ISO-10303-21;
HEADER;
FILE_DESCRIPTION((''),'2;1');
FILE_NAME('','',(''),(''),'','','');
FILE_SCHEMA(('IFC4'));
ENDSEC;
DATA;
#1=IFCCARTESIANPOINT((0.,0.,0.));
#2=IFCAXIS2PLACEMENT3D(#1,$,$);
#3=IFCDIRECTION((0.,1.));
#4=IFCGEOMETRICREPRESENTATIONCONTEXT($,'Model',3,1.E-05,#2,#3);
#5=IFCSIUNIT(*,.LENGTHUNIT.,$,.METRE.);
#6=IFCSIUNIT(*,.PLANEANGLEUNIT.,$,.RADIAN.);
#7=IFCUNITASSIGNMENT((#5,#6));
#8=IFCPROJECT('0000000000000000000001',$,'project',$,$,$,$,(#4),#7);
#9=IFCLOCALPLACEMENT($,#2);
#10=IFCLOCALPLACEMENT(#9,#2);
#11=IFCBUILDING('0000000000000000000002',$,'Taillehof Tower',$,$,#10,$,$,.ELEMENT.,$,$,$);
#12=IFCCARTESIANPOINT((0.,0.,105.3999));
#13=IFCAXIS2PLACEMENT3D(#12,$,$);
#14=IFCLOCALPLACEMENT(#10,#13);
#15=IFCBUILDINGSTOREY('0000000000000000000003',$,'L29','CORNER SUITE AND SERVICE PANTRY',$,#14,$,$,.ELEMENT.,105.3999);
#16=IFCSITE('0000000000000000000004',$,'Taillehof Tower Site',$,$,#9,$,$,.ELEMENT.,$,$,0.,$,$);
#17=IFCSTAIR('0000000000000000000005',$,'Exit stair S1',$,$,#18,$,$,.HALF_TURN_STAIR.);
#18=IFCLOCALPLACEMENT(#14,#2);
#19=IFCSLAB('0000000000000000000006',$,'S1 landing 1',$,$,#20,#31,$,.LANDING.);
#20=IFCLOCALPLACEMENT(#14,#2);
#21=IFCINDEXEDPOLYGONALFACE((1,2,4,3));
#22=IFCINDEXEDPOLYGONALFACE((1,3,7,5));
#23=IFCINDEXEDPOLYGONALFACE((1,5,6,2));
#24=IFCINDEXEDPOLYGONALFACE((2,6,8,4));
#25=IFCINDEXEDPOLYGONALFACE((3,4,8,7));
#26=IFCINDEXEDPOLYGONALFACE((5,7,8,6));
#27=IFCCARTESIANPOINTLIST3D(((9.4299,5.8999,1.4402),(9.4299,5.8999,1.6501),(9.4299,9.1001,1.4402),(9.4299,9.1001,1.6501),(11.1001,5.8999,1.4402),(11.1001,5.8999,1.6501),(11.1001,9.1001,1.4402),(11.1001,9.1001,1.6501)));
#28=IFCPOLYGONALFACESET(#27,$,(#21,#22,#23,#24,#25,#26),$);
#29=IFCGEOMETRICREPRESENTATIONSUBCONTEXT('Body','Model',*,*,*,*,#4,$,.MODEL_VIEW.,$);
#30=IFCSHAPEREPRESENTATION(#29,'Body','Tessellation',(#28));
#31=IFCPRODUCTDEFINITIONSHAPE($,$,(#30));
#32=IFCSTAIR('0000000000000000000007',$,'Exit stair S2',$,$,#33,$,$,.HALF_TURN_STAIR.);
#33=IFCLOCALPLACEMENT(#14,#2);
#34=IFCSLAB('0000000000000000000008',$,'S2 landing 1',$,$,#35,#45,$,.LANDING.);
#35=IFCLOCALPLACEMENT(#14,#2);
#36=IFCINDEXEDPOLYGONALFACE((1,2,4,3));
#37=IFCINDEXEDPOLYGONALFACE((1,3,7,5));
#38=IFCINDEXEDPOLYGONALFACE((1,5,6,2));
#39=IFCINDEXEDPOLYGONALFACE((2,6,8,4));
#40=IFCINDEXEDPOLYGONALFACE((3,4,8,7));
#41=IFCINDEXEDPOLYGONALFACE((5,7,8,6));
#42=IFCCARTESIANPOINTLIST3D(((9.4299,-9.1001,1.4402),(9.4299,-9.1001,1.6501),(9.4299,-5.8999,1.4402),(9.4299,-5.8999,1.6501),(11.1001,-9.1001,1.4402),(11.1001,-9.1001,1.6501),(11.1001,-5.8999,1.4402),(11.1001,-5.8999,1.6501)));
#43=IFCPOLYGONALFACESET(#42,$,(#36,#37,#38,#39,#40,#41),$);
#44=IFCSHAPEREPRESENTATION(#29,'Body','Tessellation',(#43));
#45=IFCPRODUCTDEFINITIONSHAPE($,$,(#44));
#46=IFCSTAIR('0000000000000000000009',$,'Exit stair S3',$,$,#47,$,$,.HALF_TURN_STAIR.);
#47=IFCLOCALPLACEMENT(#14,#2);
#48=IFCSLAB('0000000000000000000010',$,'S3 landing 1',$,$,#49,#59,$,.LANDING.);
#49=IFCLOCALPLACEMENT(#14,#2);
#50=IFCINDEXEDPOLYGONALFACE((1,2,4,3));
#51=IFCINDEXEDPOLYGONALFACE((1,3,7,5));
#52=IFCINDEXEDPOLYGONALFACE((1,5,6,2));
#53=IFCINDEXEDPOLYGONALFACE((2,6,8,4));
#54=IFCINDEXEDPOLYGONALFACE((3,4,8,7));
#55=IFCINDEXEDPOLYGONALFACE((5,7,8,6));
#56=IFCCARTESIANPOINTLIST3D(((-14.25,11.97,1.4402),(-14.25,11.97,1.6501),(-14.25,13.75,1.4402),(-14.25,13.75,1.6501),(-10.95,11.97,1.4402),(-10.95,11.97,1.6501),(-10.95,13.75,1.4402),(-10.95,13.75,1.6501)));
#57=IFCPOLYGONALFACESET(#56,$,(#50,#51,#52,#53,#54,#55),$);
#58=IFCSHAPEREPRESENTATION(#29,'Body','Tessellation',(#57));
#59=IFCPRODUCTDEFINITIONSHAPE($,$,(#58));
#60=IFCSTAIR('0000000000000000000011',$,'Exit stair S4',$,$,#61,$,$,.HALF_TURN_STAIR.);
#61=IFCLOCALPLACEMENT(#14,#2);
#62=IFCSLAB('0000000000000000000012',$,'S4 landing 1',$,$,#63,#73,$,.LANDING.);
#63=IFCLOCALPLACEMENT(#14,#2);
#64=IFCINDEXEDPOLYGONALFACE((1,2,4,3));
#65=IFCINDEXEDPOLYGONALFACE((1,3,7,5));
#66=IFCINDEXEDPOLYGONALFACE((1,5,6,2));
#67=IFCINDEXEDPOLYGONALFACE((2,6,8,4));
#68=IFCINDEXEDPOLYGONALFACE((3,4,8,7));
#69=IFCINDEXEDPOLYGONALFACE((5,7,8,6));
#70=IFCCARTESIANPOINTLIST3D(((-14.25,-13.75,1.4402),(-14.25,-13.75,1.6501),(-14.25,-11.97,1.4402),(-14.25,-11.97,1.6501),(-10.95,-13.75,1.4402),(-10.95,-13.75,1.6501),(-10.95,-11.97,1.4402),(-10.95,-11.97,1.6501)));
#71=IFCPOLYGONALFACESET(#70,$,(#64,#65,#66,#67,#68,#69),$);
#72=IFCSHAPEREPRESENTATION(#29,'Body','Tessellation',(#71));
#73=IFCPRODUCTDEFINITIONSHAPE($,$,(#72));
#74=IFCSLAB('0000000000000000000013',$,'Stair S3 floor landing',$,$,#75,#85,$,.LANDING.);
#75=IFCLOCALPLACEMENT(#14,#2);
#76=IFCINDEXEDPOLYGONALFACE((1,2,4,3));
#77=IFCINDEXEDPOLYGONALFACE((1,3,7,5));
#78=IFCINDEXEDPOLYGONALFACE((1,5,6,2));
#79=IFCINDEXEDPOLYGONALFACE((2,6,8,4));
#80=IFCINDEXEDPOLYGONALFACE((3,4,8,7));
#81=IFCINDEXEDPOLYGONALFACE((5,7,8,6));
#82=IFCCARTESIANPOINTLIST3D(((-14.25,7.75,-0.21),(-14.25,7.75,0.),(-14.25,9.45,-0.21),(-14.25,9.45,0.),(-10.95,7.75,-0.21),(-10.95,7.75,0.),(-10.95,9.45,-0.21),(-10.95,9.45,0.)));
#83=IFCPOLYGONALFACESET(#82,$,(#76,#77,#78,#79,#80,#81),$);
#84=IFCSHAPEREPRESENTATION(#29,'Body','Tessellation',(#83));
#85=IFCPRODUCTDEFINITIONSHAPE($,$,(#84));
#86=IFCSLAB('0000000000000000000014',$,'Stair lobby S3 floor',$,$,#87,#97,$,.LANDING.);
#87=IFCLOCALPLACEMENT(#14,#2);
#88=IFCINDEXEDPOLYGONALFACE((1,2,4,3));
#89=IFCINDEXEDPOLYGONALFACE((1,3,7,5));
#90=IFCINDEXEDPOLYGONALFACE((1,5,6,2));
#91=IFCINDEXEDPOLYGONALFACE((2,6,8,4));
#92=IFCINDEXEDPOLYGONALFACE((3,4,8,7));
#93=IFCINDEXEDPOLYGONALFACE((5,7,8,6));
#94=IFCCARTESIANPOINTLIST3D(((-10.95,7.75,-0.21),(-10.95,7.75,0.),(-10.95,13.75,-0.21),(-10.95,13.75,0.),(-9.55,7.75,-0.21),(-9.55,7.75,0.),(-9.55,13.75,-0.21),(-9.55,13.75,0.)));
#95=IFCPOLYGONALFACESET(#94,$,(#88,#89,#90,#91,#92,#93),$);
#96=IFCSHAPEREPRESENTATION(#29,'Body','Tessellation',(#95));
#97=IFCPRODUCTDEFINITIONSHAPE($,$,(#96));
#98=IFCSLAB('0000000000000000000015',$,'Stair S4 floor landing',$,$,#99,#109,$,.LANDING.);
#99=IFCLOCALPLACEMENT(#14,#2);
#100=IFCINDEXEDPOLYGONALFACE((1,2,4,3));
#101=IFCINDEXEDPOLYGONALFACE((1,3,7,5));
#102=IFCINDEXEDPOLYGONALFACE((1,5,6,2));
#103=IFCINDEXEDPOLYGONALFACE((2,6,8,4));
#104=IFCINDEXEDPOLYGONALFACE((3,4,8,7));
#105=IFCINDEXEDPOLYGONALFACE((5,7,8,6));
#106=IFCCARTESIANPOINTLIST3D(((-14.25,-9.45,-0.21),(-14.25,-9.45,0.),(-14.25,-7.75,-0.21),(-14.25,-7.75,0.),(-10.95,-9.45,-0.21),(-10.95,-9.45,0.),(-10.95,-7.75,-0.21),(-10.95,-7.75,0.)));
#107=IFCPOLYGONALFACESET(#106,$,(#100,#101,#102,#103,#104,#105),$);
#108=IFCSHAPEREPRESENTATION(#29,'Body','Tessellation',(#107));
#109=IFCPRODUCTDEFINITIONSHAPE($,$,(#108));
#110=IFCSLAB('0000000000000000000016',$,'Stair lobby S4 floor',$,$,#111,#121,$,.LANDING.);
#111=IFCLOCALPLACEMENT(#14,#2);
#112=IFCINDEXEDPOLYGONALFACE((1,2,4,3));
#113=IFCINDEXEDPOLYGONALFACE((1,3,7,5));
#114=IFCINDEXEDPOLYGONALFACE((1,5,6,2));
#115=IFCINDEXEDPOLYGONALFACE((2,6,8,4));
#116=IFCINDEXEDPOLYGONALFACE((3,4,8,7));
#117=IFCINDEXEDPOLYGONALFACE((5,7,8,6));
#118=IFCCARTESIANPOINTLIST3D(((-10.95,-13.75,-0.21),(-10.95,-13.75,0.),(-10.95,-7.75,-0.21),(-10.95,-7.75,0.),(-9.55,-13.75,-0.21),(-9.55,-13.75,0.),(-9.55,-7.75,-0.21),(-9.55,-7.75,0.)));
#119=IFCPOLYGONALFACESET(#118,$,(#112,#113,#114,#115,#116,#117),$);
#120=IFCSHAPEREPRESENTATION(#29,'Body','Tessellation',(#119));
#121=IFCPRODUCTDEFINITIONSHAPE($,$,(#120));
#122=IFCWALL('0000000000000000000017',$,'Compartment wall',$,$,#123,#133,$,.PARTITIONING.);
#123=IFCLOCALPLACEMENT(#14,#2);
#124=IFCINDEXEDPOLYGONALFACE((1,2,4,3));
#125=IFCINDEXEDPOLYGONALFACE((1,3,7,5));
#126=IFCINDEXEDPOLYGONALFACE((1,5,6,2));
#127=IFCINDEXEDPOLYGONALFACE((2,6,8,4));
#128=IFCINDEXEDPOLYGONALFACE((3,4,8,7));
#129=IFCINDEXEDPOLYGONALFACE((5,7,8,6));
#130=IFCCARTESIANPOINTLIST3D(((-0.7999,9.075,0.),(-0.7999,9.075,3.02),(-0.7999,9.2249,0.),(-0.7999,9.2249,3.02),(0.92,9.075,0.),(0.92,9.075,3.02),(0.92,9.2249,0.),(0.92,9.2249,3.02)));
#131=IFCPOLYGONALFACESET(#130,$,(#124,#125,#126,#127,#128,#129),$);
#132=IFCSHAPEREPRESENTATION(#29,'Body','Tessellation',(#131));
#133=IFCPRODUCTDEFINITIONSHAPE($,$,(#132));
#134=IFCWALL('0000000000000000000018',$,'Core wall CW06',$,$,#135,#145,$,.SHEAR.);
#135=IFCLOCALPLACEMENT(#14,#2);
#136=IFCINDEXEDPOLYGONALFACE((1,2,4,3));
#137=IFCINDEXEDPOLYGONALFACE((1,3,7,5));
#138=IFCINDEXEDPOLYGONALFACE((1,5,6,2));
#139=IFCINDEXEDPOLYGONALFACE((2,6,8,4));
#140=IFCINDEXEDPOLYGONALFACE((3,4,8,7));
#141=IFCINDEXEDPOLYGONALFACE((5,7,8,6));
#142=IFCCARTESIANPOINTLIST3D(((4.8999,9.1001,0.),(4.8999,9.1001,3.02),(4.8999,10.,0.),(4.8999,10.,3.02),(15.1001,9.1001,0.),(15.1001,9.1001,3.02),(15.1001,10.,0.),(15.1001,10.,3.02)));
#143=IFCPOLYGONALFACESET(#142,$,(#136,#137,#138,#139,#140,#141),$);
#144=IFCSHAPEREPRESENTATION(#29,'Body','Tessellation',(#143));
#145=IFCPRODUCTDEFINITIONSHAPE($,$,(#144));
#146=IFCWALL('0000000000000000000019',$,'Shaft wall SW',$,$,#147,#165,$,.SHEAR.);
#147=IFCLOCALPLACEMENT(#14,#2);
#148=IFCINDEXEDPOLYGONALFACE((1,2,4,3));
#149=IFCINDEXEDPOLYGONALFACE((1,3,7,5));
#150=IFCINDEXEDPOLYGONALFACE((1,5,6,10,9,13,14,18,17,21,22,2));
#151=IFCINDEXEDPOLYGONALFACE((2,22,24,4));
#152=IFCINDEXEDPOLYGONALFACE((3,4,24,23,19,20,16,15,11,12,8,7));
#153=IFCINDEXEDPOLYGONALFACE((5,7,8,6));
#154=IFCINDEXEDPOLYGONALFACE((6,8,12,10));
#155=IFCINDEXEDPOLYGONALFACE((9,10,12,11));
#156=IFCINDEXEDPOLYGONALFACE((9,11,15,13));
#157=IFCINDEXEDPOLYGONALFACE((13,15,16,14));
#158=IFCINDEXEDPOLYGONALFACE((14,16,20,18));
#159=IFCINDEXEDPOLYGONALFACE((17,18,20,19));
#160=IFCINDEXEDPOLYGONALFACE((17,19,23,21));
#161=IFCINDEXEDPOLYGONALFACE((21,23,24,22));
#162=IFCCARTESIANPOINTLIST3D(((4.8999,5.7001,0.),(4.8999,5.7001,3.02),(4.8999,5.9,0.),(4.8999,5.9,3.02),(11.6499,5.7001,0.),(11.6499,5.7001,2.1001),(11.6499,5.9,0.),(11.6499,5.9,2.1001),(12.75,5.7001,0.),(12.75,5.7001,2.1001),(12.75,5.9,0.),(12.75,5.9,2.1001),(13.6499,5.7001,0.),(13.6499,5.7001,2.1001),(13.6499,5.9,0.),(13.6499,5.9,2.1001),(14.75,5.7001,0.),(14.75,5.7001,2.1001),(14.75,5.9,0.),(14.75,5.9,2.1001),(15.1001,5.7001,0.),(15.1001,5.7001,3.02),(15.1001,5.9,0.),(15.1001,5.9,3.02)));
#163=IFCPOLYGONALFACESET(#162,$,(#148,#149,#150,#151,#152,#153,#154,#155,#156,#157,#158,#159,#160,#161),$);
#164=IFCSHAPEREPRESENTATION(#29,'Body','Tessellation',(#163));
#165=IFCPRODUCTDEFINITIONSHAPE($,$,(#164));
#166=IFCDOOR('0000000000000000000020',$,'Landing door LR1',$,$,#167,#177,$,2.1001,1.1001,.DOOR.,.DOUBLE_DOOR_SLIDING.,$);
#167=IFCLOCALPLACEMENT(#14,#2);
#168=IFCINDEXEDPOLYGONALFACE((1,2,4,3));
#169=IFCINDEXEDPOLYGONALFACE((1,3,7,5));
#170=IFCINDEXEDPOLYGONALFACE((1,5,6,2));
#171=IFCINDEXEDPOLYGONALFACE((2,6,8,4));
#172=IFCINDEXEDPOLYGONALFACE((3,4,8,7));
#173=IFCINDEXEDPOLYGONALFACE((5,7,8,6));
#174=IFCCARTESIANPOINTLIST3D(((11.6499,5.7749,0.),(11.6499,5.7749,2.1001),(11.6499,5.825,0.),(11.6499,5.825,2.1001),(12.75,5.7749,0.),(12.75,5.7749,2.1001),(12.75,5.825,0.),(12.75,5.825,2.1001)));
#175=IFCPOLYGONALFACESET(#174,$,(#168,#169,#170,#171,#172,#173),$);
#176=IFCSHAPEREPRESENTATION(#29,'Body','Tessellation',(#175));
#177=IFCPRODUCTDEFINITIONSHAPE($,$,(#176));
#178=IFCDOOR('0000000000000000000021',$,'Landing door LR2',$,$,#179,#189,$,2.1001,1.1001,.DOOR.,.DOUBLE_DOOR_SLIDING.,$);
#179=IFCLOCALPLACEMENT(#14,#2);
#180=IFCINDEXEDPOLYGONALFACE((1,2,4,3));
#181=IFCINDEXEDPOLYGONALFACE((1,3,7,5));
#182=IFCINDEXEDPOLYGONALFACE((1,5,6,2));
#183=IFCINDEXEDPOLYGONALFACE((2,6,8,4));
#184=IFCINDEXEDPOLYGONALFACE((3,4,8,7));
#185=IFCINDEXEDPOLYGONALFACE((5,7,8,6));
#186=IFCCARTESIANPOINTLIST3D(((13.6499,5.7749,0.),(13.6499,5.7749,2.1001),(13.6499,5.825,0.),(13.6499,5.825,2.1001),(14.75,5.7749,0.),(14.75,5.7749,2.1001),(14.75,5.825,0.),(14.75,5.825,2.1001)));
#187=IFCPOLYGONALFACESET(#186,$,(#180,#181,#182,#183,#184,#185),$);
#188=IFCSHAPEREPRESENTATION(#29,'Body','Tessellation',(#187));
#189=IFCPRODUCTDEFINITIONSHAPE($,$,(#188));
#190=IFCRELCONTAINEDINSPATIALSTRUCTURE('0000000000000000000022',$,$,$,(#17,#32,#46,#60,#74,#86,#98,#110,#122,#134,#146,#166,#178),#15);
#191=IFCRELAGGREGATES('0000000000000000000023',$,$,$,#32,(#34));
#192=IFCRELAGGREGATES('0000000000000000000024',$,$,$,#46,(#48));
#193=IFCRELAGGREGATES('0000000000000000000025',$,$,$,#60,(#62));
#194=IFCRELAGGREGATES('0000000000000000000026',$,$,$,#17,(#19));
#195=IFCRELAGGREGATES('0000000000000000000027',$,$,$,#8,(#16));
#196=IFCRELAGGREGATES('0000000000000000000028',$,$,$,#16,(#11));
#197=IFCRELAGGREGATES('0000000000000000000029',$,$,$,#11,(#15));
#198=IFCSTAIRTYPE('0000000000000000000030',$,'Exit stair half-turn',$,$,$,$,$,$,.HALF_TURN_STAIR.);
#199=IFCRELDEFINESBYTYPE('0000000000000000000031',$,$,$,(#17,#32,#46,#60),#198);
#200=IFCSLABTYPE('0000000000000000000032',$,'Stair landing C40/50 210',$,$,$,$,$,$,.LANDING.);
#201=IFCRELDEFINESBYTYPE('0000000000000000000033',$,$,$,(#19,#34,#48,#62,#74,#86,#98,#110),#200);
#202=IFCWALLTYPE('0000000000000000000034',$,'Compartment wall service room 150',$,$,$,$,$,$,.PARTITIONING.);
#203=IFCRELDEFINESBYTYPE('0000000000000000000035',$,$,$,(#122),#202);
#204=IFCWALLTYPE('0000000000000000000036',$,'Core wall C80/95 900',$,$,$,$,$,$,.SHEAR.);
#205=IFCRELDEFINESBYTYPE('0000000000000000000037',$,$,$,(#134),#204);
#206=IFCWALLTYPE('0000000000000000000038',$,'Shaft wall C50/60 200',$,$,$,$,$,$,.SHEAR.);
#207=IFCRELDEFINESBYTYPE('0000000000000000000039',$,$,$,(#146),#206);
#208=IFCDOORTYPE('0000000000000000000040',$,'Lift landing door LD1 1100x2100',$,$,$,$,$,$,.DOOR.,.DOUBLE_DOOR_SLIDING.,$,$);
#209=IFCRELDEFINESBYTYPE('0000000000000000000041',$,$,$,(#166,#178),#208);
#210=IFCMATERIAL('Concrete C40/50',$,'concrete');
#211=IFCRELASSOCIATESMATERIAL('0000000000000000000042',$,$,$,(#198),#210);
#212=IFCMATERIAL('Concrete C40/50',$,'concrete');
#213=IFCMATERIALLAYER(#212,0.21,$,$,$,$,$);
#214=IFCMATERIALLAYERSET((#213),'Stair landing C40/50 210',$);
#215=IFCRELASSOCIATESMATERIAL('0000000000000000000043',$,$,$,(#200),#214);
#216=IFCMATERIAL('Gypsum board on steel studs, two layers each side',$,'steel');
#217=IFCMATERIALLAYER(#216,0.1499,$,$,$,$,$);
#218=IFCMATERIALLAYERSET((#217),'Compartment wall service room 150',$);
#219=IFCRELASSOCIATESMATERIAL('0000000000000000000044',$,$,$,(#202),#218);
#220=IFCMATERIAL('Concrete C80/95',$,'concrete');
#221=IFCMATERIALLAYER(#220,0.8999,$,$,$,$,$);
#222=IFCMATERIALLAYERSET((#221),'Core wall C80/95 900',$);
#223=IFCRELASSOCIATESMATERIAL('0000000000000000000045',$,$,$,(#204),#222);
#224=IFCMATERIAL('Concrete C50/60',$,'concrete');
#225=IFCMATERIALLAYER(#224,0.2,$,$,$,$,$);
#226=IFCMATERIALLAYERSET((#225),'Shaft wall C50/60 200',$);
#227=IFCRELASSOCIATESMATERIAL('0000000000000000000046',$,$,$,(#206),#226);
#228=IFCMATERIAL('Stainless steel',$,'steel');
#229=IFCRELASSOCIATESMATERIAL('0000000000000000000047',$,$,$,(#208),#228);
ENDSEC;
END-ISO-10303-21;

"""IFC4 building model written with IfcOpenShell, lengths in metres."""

from ifc_helpers import new_model, si_unit, direction, frame, frame_2d, origin, place, context, subcontext, project, spatial, polyline, rectangle, outline, extrude, material, layer, layer_set, type_object, element, fill, aggregate, save


model = new_model("IFC4")

# Units and contexts
model_context = context("Model", 3, precision=1e-05, world=origin(), true_north=direction((0.0, 1.0)))
body_context = subcontext(model_context, "Body", "Model", "MODEL_VIEW")
ifc_project = project(units=[si_unit("LENGTHUNIT", "METRE"), si_unit("PLANEANGLEUNIT", "RADIAN")], contexts=[model_context])

# Site, building, storey
site_placement = place(None, origin())
site = spatial("IfcSite", under=ifc_project, at=site_placement, Name="Taillehof Tower Site", CompositionType="ELEMENT", RefElevation=0.0)
building_placement = place(site_placement, origin())
building = spatial("IfcBuilding", under=site, at=building_placement, Name="Taillehof Tower", CompositionType="ELEMENT")
storey_placement = place(building_placement, frame((0.0, 0.0, 105.3999)))
storey = spatial("IfcBuildingStorey", under=building, at=storey_placement, Name="L29", Description="CORNER SUITE AND SERVICE PANTRY", CompositionType="ELEMENT", Elevation=105.3999)

# Stairs, slabs
ifc_material_1 = material(Name="Concrete C40/50", Category="concrete")
stair_type = type_object("IfcStairType", Name="Exit stair half-turn", PredefinedType="HALF_TURN_STAIR", material=ifc_material_1)
stair_1_placement = place(storey_placement, origin())
stair_1 = element("IfcStair", 1, at=stair_1_placement, inside=storey, type_object=stair_type, Name="Exit stair S1", PredefinedType="HALF_TURN_STAIR")
ifc_material_2 = material(Name="Concrete C40/50", Category="concrete")
ifc_layer_1 = layer(ifc_material_2, 0.21)
ifc_layer_set_1 = layer_set([ifc_layer_1], Name="Stair landing C40/50 210")
slab_type_1 = type_object("IfcSlabType", Name="Stair landing C40/50 210", PredefinedType="LANDING", material=ifc_layer_set_1)
slab_1_placement = place(storey_placement, frame((0.0, 0.0, 1.4402)))
slab_1 = element("IfcSlab", 2, at=slab_1_placement, type_object=slab_type_1, Name="S1 landing 1", PredefinedType="LANDING", context=body_context, shape_type="SweptSolid", body=[
    extrude(outline(polyline([(9.4299, 5.8999), (11.1001, 5.8999), (11.1001, 9.1001), (9.4299, 9.1001), (9.4299, 5.8999)])), origin(), (0.0, 0.0, 1.0), 0.21),
])
stair_2_placement = place(storey_placement, origin())
stair_2 = element("IfcStair", 3, at=stair_2_placement, inside=storey, type_object=stair_type, Name="Exit stair S2", PredefinedType="HALF_TURN_STAIR")
slab_2_placement = place(storey_placement, frame((0.0, 0.0, 1.4402)))
slab_2 = element("IfcSlab", 4, at=slab_2_placement, type_object=slab_type_1, Name="S2 landing 1", PredefinedType="LANDING", context=body_context, shape_type="SweptSolid", body=[
    extrude(outline(polyline([(9.4299, -5.8999), (11.1001, -5.8999), (11.1001, -9.1001), (9.4299, -9.1001), (9.4299, -5.8999)])), origin(), (0.0, 0.0, 1.0), 0.21),
])
aggregate(stair_2, [slab_2])
stair_3_placement = place(storey_placement, origin())
stair_3 = element("IfcStair", 5, at=stair_3_placement, inside=storey, type_object=stair_type, Name="Exit stair S3", PredefinedType="HALF_TURN_STAIR")
slab_3_placement = place(storey_placement, frame((0.0, 0.0, 1.4402)))
slab_3 = element("IfcSlab", 6, at=slab_3_placement, type_object=slab_type_1, Name="S3 landing 1", PredefinedType="LANDING", context=body_context, shape_type="SweptSolid", body=[
    extrude(outline(polyline([(-14.25, 11.97), (-14.25, 13.75), (-10.95, 13.75), (-10.95, 11.97), (-14.25, 11.97)])), origin(), (0.0, 0.0, 1.0), 0.21),
])
aggregate(stair_3, [slab_3])
stair_4_placement = place(storey_placement, origin())
stair_4 = element("IfcStair", 7, at=stair_4_placement, inside=storey, type_object=stair_type, Name="Exit stair S4", PredefinedType="HALF_TURN_STAIR")
slab_4_placement = place(storey_placement, frame((0.0, 0.0, 1.4402)))
slab_4 = element("IfcSlab", 8, at=slab_4_placement, type_object=slab_type_1, Name="S4 landing 1", PredefinedType="LANDING", context=body_context, shape_type="SweptSolid", body=[
    extrude(outline(polyline([(-14.25, -11.97), (-14.25, -13.75), (-10.95, -13.75), (-10.95, -11.97), (-14.25, -11.97)])), origin(), (0.0, 0.0, 1.0), 0.21),
])
aggregate(stair_4, [slab_4])

# Slabs
slab_5_placement = place(storey_placement, frame((0.0, 0.0, -0.21)))
element("IfcSlab", 9, at=slab_5_placement, inside=storey, type_object=slab_type_1, Name="Stair S3 floor landing", PredefinedType="LANDING", context=body_context, shape_type="SweptSolid", body=[
    extrude(outline(polyline([(-14.25, 7.75), (-14.25, 9.45), (-10.95, 9.45), (-10.95, 7.75), (-14.25, 7.75)])), origin(), (0.0, 0.0, 1.0), 0.21),
])
slab_6_placement = place(storey_placement, frame((0.0, 0.0, -0.21)))
element("IfcSlab", 10, at=slab_6_placement, inside=storey, type_object=slab_type_1, Name="Stair lobby S3 floor", PredefinedType="LANDING", context=body_context, shape_type="SweptSolid", body=[
    extrude(outline(polyline([(-10.95, 7.75), (-9.55, 7.75), (-9.55, 13.75), (-10.95, 13.75), (-10.95, 7.75)])), origin(), (0.0, 0.0, 1.0), 0.21),
])
slab_7_placement = place(storey_placement, frame((0.0, 0.0, -0.21)))
element("IfcSlab", 11, at=slab_7_placement, inside=storey, type_object=slab_type_1, Name="Stair S4 floor landing", PredefinedType="LANDING", context=body_context, shape_type="SweptSolid", body=[
    extrude(outline(polyline([(-14.25, -7.75), (-14.25, -9.45), (-10.95, -9.45), (-10.95, -7.75), (-14.25, -7.75)])), origin(), (0.0, 0.0, 1.0), 0.21),
])
slab_8_placement = place(storey_placement, frame((0.0, 0.0, -0.21)))
element("IfcSlab", 12, at=slab_8_placement, inside=storey, type_object=slab_type_1, Name="Stair lobby S4 floor", PredefinedType="LANDING", context=body_context, shape_type="SweptSolid", body=[
    extrude(outline(polyline([(-10.95, -13.75), (-9.55, -13.75), (-9.55, -7.75), (-10.95, -7.75), (-10.95, -13.75)])), origin(), (0.0, 0.0, 1.0), 0.21),
])

# Walls
ifc_material_3 = material(Name="Gypsum board on steel studs, two layers each side", Category="steel")
ifc_layer_2 = layer(ifc_material_3, 0.1499)
ifc_layer_set_2 = layer_set([ifc_layer_2], Name="Compartment wall service room 150")
wall_type_1 = type_object("IfcWallType", Name="Compartment wall service room 150", PredefinedType="PARTITIONING", material=ifc_layer_set_2)
wall_1_placement = place(storey_placement, frame((0.9199, 9.1499, 0.0), z_axis=(0.0, 0.0, 1.0), x_axis=(-1.0, 0.0, 0.0)))
element("IfcWall", 13, at=wall_1_placement, inside=storey, type_object=wall_type_1, Name="Compartment wall", PredefinedType="PARTITIONING", context=body_context, shape_type="SweptSolid", body=[
    extrude(rectangle(XDim=1.72, YDim=0.1499, at=frame_2d((0.8599, 0.0))), origin(), (0.0, 0.0, 1.0), 3.02),
])
ifc_material_4 = material(Name="Concrete C80/95", Category="concrete")
ifc_layer_3 = layer(ifc_material_4, 0.8999)
ifc_layer_set_3 = layer_set([ifc_layer_3], Name="Core wall C80/95 900")
wall_type_2 = type_object("IfcWallType", Name="Core wall C80/95 900", PredefinedType="SHEAR", material=ifc_layer_set_3)
wall_2_placement = place(storey_placement, frame((4.8999, 9.55, 0.0), z_axis=(0.0, 0.0, 1.0), x_axis=(1.0, 0.0, 0.0)))
element("IfcWall", 14, at=wall_2_placement, inside=storey, type_object=wall_type_2, Name="Core wall CW06", PredefinedType="SHEAR", context=body_context, shape_type="SweptSolid", body=[
    extrude(rectangle(XDim=10.2002, YDim=0.8999, at=frame_2d((5.1001, 0.0))), origin(), (0.0, 0.0, 1.0), 3.02),
])

# Wall, openings, doors
ifc_material_5 = material(Name="Concrete C50/60", Category="concrete")
ifc_layer_4 = layer(ifc_material_5, 0.2)
ifc_layer_set_4 = layer_set([ifc_layer_4], Name="Shaft wall C50/60 200")
wall_type_3 = type_object("IfcWallType", Name="Shaft wall C50/60 200", PredefinedType="SHEAR", material=ifc_layer_set_4)
wall_3_placement = place(storey_placement, frame((4.8999, 5.8, 0.0), z_axis=(0.0, 0.0, 1.0), x_axis=(1.0, 0.0, 0.0)))
wall_3 = element("IfcWall", 15, at=wall_3_placement, inside=storey, type_object=wall_type_3, Name="Shaft wall SW", PredefinedType="SHEAR", context=body_context, shape_type="SweptSolid", body=[
    extrude(rectangle(XDim=10.2002, YDim=0.2, at=frame_2d((5.1001, 0.0))), origin(), (0.0, 0.0, 1.0), 3.02),
])
opening_1_placement = place(wall_3_placement, frame((6.75, 0.0, 0.0)))
opening_1 = element("IfcOpeningElement", 16, at=opening_1_placement, cuts=wall_3, PredefinedType="OPENING", context=body_context, shape_type="SweptSolid", body=[
    extrude(rectangle(XDim=1.1001, YDim=2.1001, at=frame_2d((0.55, 1.05))), frame((0.0, 0.1099, 0.0), z_axis=(0.0, -1.0, 0.0), x_axis=(1.0, 0.0, 0.0)), (0.0, 0.0, 1.0), 0.22),
])
opening_2_placement = place(wall_3_placement, frame((8.75, 0.0, 0.0)))
opening_2 = element("IfcOpeningElement", 17, at=opening_2_placement, cuts=wall_3, PredefinedType="OPENING", context=body_context, shape_type="SweptSolid", body=[
    extrude(rectangle(XDim=1.1001, YDim=2.1001, at=frame_2d((0.55, 1.05))), frame((0.0, 0.1099, 0.0), z_axis=(0.0, -1.0, 0.0), x_axis=(1.0, 0.0, 0.0)), (0.0, 0.0, 1.0), 0.22),
])
ifc_material_6 = material(Name="Stainless steel", Category="steel")
door_type_1 = type_object("IfcDoorType", Name="Lift landing door LD1 1100x2100", OperationType="DOUBLE_DOOR_SLIDING", PredefinedType="DOOR", material=ifc_material_6)
door_1_placement = place(opening_1_placement, origin())
door_1 = element("IfcDoor", 18, at=door_1_placement, inside=storey, type_object=door_type_1, Name="Landing door LR1", OperationType="DOUBLE_DOOR_SLIDING", OverallHeight=2.1001, OverallWidth=1.1001, PredefinedType="DOOR", context=body_context, shape_type="SweptSolid", body=[
    extrude(rectangle(XDim=1.1001, YDim=2.1001, at=frame_2d((0.55, 1.05))), frame((0.0, 0.0249, 0.0), z_axis=(0.0, -1.0, 0.0), x_axis=(1.0, 0.0, 0.0)), (0.0, 0.0, 1.0), 0.05),
])
fill(opening_1, door_1)
door_2_placement = place(opening_2_placement, origin())
door_2 = element("IfcDoor", 19, at=door_2_placement, inside=storey, type_object=door_type_1, Name="Landing door LR2", OperationType="DOUBLE_DOOR_SLIDING", OverallHeight=2.1001, OverallWidth=1.1001, PredefinedType="DOOR", context=body_context, shape_type="SweptSolid", body=[
    extrude(rectangle(XDim=1.1001, YDim=2.1001, at=frame_2d((0.55, 1.05))), frame((0.0, 0.0249, 0.0), z_axis=(0.0, -1.0, 0.0), x_axis=(1.0, 0.0, 0.0)), (0.0, 0.0, 1.0), 0.05),
])
fill(opening_2, door_2)

aggregate(stair_1, [slab_1])

save(model, "model.ifc")
